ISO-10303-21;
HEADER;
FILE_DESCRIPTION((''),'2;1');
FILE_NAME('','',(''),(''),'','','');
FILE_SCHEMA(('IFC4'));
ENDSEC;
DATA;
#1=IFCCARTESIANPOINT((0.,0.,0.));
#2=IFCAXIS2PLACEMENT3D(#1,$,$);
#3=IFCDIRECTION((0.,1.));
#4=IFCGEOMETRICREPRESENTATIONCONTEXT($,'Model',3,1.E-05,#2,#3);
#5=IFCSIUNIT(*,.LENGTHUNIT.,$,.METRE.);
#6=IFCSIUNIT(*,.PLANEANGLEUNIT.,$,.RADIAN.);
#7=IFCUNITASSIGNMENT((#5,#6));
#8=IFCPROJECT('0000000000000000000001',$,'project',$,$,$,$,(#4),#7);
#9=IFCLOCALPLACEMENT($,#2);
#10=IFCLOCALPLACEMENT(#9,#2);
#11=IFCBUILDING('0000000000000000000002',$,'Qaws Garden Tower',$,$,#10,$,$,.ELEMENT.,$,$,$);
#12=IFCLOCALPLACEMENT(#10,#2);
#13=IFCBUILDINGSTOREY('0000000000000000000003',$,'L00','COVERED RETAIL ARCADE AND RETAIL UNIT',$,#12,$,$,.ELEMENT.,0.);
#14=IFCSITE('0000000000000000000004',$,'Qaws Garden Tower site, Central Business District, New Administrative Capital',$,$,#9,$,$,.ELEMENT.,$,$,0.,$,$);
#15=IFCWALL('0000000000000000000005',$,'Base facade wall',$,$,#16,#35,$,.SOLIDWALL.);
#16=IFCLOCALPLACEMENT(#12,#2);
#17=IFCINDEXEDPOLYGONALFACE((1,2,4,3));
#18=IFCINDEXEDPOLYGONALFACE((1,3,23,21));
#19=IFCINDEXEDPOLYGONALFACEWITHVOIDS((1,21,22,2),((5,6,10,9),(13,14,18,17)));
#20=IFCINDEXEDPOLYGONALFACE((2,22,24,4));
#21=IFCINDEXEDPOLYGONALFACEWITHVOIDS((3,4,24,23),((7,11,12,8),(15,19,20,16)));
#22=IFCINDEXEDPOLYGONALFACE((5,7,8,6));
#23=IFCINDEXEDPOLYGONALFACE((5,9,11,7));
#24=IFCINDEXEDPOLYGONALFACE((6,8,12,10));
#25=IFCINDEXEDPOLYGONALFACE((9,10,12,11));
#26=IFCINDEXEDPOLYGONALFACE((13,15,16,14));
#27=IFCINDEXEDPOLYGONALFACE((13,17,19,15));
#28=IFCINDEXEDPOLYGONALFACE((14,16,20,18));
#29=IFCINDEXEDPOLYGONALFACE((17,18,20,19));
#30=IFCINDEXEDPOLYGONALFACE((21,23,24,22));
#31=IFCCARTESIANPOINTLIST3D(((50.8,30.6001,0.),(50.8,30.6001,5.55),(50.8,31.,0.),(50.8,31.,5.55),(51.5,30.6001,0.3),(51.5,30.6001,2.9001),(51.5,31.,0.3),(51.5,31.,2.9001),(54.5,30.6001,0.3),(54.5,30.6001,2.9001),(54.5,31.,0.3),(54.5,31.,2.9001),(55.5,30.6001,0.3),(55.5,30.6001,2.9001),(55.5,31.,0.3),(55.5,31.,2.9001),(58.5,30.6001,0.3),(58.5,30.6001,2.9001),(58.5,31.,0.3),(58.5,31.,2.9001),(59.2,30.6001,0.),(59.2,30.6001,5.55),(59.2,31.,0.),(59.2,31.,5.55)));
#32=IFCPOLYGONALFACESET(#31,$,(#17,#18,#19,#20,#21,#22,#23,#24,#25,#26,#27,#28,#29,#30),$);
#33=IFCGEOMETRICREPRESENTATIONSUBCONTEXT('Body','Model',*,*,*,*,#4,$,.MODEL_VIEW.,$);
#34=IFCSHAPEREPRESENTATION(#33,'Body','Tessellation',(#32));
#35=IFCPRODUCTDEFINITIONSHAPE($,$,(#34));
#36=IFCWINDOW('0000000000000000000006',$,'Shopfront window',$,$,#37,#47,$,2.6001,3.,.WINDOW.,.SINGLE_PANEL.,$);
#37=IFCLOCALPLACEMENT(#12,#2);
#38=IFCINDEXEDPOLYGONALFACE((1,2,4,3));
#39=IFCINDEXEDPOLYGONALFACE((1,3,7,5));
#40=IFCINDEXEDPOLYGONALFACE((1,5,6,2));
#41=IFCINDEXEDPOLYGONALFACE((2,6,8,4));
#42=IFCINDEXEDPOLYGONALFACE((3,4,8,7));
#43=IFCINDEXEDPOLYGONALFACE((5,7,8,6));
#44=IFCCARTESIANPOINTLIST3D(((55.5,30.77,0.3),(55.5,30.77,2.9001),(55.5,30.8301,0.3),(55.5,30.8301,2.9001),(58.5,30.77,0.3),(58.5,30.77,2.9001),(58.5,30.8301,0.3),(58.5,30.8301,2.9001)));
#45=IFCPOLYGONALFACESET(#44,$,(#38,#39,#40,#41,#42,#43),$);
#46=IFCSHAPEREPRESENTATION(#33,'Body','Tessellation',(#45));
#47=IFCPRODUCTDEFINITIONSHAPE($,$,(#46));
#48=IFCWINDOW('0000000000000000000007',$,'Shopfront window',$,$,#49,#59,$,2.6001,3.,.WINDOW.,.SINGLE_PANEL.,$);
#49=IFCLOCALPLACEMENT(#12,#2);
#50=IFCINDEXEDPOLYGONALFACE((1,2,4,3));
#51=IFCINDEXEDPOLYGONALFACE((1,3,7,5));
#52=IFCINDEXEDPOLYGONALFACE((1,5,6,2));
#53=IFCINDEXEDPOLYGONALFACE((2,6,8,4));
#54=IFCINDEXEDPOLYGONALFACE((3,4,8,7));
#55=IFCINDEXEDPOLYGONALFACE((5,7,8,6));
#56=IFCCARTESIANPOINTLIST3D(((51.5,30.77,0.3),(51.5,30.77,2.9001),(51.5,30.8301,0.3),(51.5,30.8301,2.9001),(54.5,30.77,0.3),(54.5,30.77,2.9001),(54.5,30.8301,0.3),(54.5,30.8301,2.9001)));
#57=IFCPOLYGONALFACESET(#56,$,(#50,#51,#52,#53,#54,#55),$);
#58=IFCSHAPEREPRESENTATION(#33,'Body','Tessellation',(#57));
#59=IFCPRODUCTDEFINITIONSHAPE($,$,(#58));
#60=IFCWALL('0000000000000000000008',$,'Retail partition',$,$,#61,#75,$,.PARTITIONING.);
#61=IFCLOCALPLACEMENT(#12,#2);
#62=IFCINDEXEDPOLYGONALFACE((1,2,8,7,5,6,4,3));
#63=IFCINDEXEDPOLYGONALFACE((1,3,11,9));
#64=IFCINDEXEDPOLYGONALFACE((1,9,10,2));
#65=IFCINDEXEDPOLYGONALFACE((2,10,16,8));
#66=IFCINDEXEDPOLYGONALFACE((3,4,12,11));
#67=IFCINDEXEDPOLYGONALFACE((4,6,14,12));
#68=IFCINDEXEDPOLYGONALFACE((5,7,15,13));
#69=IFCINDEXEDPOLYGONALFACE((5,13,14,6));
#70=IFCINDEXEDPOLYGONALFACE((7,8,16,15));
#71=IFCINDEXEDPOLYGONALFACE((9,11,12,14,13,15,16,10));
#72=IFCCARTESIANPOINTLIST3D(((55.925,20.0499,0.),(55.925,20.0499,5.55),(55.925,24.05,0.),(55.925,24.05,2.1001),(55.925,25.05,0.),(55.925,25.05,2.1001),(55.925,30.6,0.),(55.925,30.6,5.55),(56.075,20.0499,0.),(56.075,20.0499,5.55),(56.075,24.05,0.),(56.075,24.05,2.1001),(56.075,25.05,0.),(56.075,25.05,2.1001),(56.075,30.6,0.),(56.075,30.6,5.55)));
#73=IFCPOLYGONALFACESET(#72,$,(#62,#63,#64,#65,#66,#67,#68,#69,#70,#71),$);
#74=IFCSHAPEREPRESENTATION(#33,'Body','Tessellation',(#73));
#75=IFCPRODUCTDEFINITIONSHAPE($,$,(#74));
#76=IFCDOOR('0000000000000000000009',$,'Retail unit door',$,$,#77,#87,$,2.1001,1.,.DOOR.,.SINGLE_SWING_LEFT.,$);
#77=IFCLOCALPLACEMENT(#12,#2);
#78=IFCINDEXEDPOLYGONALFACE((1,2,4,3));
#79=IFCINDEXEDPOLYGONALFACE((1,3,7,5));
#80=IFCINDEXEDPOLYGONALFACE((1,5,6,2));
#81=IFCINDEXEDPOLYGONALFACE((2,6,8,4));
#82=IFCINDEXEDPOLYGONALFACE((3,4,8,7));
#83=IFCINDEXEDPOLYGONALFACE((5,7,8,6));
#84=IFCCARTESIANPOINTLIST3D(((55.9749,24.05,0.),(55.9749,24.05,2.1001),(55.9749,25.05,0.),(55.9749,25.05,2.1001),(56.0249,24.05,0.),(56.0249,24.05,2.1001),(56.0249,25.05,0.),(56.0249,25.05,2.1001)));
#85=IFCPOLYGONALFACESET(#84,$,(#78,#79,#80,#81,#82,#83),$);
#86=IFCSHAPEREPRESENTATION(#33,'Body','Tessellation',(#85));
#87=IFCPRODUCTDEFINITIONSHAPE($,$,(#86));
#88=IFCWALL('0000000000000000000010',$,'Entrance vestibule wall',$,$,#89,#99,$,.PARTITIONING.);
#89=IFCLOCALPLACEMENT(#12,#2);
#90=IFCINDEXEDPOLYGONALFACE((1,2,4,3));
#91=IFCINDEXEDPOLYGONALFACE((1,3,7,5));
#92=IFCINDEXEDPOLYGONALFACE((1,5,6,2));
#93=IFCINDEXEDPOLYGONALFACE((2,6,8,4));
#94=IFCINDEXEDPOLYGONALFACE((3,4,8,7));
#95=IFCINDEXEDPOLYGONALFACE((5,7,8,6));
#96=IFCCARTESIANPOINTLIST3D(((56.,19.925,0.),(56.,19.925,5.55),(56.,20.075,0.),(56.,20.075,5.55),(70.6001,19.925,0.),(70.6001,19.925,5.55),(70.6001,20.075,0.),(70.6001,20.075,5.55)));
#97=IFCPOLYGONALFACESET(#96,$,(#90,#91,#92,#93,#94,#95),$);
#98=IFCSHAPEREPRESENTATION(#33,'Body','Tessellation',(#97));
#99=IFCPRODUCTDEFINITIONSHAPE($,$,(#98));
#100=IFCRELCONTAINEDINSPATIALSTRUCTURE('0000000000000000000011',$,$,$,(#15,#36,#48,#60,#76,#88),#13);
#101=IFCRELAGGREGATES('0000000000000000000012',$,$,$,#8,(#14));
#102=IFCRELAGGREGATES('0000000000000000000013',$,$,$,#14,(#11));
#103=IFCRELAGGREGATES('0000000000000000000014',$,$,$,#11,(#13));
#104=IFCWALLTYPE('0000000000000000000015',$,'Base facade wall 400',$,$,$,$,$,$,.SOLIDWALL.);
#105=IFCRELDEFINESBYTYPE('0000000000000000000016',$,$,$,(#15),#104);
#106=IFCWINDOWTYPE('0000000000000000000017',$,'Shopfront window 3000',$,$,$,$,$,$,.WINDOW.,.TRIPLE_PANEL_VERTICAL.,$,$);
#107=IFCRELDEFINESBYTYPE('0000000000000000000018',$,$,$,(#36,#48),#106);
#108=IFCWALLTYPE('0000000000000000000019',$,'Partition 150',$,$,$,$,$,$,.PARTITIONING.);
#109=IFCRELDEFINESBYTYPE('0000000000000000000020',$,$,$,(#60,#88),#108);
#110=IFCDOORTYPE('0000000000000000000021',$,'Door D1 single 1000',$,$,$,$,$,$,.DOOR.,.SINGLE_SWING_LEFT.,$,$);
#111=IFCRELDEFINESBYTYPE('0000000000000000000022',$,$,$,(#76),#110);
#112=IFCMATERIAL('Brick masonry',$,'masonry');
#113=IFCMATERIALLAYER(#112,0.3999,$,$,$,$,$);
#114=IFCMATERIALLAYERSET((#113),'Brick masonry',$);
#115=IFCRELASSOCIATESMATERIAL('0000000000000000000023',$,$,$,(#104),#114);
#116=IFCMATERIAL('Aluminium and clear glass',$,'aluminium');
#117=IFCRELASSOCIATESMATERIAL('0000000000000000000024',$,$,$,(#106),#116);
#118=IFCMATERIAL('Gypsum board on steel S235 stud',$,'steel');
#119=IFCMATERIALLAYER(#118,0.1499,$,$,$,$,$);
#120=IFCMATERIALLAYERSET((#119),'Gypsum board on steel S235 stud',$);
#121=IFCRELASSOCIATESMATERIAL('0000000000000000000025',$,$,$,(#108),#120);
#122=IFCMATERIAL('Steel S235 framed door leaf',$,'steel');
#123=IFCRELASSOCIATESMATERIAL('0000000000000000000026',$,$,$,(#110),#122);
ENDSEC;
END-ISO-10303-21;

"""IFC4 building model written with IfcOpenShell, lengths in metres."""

from ifc_helpers import new_model, si_unit, direction, frame, frame_2d, origin, place, context, subcontext, project, spatial, rectangle, extrude, material, layer, layer_set, type_object, element, fill, save


model = new_model("IFC4")

# Units and contexts
model_context = context("Model", 3, precision=1e-05, world=origin(), true_north=direction((0.0, 1.0)))
body_context = subcontext(model_context, "Body", "Model", "MODEL_VIEW")
ifc_project = project(units=[si_unit("LENGTHUNIT", "METRE"), si_unit("PLANEANGLEUNIT", "RADIAN")], contexts=[model_context])

# Site, building, storey
site_placement = place(None, origin())
site = spatial("IfcSite", under=ifc_project, at=site_placement, Name="Qaws Garden Tower site, Central Business District, New Administrative Capital", CompositionType="ELEMENT", RefElevation=0.0)
building_placement = place(site_placement, origin())
building = spatial("IfcBuilding", under=site, at=building_placement, Name="Qaws Garden Tower", CompositionType="ELEMENT")
storey_placement = place(building_placement, origin())
storey = spatial("IfcBuildingStorey", under=building, at=storey_placement, Name="L00", Description="COVERED RETAIL ARCADE AND RETAIL UNIT", CompositionType="ELEMENT", Elevation=0.0)

# Shared definitions
ifc_material_1 = material(Name="Brick masonry", Category="masonry")
ifc_layer_1 = layer(ifc_material_1, 0.3999)
ifc_layer_set_1 = layer_set([ifc_layer_1], Name="Brick masonry")
wall_type_1 = type_object("IfcWallType", Name="Base facade wall 400", PredefinedType="SOLIDWALL", material=ifc_layer_set_1)
ifc_material_2 = material(Name="Aluminium and clear glass", Category="aluminium")
window_type = type_object("IfcWindowType", Name="Shopfront window 3000", PartitioningType="TRIPLE_PANEL_VERTICAL", PredefinedType="WINDOW", material=ifc_material_2)

# Wall, openings, windows
wall_1_placement = place(storey_placement, frame((59.2, 30.8, 0.0), z_axis=(0.0, 0.0, 1.0), x_axis=(-1.0, 0.0, 0.0)))
wall_1 = element("IfcWall", 1, at=wall_1_placement, inside=storey, type_object=wall_type_1, Name="Base facade wall", PredefinedType="SOLIDWALL", context=body_context, shape_type="SweptSolid", body=[
    extrude(rectangle(XDim=8.3999, YDim=0.3999, at=frame_2d((4.2, 0.0))), origin(), (0.0, 0.0, 1.0), 5.55),
])
opening_1_placement = place(wall_1_placement, frame((0.7, 0.0, 0.3)))
opening_1 = element("IfcOpeningElement", 2, at=opening_1_placement, cuts=wall_1, PredefinedType="OPENING", context=body_context, shape_type="SweptSolid", body=[
    extrude(rectangle(XDim=3.0, YDim=2.6001, at=frame_2d((1.5, 1.3))), frame((0.0, 0.21, 0.0), z_axis=(0.0, -1.0, 0.0), x_axis=(1.0, 0.0, 0.0)), (0.0, 0.0, 1.0), 0.4199),
])
opening_2_placement = place(wall_1_placement, frame((4.7, 0.0, 0.3)))
opening_2 = element("IfcOpeningElement", 3, at=opening_2_placement, cuts=wall_1, PredefinedType="OPENING", context=body_context, shape_type="SweptSolid", body=[
    extrude(rectangle(XDim=3.0, YDim=2.6001, at=frame_2d((1.5, 1.3))), frame((0.0, 0.21, 0.0), z_axis=(0.0, -1.0, 0.0), x_axis=(1.0, 0.0, 0.0)), (0.0, 0.0, 1.0), 0.4199),
])
window_1_placement = place(opening_1_placement, origin())
window_1 = element("IfcWindow", 4, at=window_1_placement, inside=storey, type_object=window_type, Name="Shopfront window", OverallHeight=2.6001, OverallWidth=3.0, PartitioningType="SINGLE_PANEL", PredefinedType="WINDOW", context=body_context, shape_type="SweptSolid", body=[
    extrude(rectangle(XDim=3.0, YDim=2.6001, at=frame_2d((1.5, 1.3))), frame((0.0, 0.03, 0.0), z_axis=(0.0, -1.0, 0.0), x_axis=(1.0, 0.0, 0.0)), (0.0, 0.0, 1.0), 0.0601),
])
fill(opening_1, window_1)
window_2_placement = place(opening_2_placement, origin())
window_2 = element("IfcWindow", 5, at=window_2_placement, inside=storey, type_object=window_type, Name="Shopfront window", OverallHeight=2.6001, OverallWidth=3.0, PartitioningType="SINGLE_PANEL", PredefinedType="WINDOW", context=body_context, shape_type="SweptSolid", body=[
    extrude(rectangle(XDim=3.0, YDim=2.6001, at=frame_2d((1.5, 1.3))), frame((0.0, 0.03, 0.0), z_axis=(0.0, -1.0, 0.0), x_axis=(1.0, 0.0, 0.0)), (0.0, 0.0, 1.0), 0.0601),
])
fill(opening_2, window_2)

# Wall, opening, door
ifc_material_3 = material(Name="Gypsum board on steel S235 stud", Category="steel")
ifc_layer_2 = layer(ifc_material_3, 0.1499)
ifc_layer_set_2 = layer_set([ifc_layer_2], Name="Gypsum board on steel S235 stud")
wall_type_2 = type_object("IfcWallType", Name="Partition 150", PredefinedType="PARTITIONING", material=ifc_layer_set_2)
wall_2_placement = place(storey_placement, frame((56.0, 20.05, 0.0), z_axis=(0.0, 0.0, 1.0), x_axis=(0.0, 1.0, 0.0)))
wall_2 = element("IfcWall", 6, at=wall_2_placement, inside=storey, type_object=wall_type_2, Name="Retail partition", PredefinedType="PARTITIONING", context=body_context, shape_type="SweptSolid", body=[
    extrude(rectangle(XDim=10.55, YDim=0.1499, at=frame_2d((5.2749, 0.0))), origin(), (0.0, 0.0, 1.0), 5.55),
])
opening_3_placement = place(wall_2_placement, frame((4.0, 0.0, 0.0)))
opening_3 = element("IfcOpeningElement", 7, at=opening_3_placement, cuts=wall_2, PredefinedType="OPENING", context=body_context, shape_type="SweptSolid", body=[
    extrude(rectangle(XDim=1.0, YDim=2.1001, at=frame_2d((0.5, 1.05))), frame((0.0, 0.085, 0.0), z_axis=(0.0, -1.0, 0.0), x_axis=(1.0, 0.0, 0.0)), (0.0, 0.0, 1.0), 0.1699),
])
ifc_material_4 = material(Name="Steel S235 framed door leaf", Category="steel")
door_type_1 = type_object("IfcDoorType", Name="Door D1 single 1000", OperationType="SINGLE_SWING_LEFT", PredefinedType="DOOR", material=ifc_material_4)
door_1_placement = place(opening_3_placement, frame((1.0, 0.0, 0.0), z_axis=(0.0, 0.0, 1.0), x_axis=(-1.0, 0.0, 0.0)))
door_1 = element("IfcDoor", 8, at=door_1_placement, inside=storey, type_object=door_type_1, Name="Retail unit door", OperationType="SINGLE_SWING_LEFT", OverallHeight=2.1001, OverallWidth=1.0, PredefinedType="DOOR", context=body_context, shape_type="SweptSolid", body=[
    extrude(rectangle(XDim=1.0, YDim=2.1001, at=frame_2d((0.5, 1.05))), frame((0.0, 0.0249, 0.0), z_axis=(0.0, -1.0, 0.0), x_axis=(1.0, 0.0, 0.0)), (0.0, 0.0, 1.0), 0.05),
])
fill(opening_3, door_1)

# Wall
wall_3_placement = place(storey_placement, frame((56.0, 20.0, 0.0), z_axis=(0.0, 0.0, 1.0), x_axis=(1.0, 0.0, 0.0)))
element("IfcWall", 9, at=wall_3_placement, inside=storey, type_object=wall_type_2, Name="Entrance vestibule wall", PredefinedType="PARTITIONING", context=body_context, shape_type="SweptSolid", body=[
    extrude(rectangle(XDim=14.6001, YDim=0.1499, at=frame_2d((7.3, 0.0))), origin(), (0.0, 0.0, 1.0), 5.55),
])

save(model, "model.ifc")
